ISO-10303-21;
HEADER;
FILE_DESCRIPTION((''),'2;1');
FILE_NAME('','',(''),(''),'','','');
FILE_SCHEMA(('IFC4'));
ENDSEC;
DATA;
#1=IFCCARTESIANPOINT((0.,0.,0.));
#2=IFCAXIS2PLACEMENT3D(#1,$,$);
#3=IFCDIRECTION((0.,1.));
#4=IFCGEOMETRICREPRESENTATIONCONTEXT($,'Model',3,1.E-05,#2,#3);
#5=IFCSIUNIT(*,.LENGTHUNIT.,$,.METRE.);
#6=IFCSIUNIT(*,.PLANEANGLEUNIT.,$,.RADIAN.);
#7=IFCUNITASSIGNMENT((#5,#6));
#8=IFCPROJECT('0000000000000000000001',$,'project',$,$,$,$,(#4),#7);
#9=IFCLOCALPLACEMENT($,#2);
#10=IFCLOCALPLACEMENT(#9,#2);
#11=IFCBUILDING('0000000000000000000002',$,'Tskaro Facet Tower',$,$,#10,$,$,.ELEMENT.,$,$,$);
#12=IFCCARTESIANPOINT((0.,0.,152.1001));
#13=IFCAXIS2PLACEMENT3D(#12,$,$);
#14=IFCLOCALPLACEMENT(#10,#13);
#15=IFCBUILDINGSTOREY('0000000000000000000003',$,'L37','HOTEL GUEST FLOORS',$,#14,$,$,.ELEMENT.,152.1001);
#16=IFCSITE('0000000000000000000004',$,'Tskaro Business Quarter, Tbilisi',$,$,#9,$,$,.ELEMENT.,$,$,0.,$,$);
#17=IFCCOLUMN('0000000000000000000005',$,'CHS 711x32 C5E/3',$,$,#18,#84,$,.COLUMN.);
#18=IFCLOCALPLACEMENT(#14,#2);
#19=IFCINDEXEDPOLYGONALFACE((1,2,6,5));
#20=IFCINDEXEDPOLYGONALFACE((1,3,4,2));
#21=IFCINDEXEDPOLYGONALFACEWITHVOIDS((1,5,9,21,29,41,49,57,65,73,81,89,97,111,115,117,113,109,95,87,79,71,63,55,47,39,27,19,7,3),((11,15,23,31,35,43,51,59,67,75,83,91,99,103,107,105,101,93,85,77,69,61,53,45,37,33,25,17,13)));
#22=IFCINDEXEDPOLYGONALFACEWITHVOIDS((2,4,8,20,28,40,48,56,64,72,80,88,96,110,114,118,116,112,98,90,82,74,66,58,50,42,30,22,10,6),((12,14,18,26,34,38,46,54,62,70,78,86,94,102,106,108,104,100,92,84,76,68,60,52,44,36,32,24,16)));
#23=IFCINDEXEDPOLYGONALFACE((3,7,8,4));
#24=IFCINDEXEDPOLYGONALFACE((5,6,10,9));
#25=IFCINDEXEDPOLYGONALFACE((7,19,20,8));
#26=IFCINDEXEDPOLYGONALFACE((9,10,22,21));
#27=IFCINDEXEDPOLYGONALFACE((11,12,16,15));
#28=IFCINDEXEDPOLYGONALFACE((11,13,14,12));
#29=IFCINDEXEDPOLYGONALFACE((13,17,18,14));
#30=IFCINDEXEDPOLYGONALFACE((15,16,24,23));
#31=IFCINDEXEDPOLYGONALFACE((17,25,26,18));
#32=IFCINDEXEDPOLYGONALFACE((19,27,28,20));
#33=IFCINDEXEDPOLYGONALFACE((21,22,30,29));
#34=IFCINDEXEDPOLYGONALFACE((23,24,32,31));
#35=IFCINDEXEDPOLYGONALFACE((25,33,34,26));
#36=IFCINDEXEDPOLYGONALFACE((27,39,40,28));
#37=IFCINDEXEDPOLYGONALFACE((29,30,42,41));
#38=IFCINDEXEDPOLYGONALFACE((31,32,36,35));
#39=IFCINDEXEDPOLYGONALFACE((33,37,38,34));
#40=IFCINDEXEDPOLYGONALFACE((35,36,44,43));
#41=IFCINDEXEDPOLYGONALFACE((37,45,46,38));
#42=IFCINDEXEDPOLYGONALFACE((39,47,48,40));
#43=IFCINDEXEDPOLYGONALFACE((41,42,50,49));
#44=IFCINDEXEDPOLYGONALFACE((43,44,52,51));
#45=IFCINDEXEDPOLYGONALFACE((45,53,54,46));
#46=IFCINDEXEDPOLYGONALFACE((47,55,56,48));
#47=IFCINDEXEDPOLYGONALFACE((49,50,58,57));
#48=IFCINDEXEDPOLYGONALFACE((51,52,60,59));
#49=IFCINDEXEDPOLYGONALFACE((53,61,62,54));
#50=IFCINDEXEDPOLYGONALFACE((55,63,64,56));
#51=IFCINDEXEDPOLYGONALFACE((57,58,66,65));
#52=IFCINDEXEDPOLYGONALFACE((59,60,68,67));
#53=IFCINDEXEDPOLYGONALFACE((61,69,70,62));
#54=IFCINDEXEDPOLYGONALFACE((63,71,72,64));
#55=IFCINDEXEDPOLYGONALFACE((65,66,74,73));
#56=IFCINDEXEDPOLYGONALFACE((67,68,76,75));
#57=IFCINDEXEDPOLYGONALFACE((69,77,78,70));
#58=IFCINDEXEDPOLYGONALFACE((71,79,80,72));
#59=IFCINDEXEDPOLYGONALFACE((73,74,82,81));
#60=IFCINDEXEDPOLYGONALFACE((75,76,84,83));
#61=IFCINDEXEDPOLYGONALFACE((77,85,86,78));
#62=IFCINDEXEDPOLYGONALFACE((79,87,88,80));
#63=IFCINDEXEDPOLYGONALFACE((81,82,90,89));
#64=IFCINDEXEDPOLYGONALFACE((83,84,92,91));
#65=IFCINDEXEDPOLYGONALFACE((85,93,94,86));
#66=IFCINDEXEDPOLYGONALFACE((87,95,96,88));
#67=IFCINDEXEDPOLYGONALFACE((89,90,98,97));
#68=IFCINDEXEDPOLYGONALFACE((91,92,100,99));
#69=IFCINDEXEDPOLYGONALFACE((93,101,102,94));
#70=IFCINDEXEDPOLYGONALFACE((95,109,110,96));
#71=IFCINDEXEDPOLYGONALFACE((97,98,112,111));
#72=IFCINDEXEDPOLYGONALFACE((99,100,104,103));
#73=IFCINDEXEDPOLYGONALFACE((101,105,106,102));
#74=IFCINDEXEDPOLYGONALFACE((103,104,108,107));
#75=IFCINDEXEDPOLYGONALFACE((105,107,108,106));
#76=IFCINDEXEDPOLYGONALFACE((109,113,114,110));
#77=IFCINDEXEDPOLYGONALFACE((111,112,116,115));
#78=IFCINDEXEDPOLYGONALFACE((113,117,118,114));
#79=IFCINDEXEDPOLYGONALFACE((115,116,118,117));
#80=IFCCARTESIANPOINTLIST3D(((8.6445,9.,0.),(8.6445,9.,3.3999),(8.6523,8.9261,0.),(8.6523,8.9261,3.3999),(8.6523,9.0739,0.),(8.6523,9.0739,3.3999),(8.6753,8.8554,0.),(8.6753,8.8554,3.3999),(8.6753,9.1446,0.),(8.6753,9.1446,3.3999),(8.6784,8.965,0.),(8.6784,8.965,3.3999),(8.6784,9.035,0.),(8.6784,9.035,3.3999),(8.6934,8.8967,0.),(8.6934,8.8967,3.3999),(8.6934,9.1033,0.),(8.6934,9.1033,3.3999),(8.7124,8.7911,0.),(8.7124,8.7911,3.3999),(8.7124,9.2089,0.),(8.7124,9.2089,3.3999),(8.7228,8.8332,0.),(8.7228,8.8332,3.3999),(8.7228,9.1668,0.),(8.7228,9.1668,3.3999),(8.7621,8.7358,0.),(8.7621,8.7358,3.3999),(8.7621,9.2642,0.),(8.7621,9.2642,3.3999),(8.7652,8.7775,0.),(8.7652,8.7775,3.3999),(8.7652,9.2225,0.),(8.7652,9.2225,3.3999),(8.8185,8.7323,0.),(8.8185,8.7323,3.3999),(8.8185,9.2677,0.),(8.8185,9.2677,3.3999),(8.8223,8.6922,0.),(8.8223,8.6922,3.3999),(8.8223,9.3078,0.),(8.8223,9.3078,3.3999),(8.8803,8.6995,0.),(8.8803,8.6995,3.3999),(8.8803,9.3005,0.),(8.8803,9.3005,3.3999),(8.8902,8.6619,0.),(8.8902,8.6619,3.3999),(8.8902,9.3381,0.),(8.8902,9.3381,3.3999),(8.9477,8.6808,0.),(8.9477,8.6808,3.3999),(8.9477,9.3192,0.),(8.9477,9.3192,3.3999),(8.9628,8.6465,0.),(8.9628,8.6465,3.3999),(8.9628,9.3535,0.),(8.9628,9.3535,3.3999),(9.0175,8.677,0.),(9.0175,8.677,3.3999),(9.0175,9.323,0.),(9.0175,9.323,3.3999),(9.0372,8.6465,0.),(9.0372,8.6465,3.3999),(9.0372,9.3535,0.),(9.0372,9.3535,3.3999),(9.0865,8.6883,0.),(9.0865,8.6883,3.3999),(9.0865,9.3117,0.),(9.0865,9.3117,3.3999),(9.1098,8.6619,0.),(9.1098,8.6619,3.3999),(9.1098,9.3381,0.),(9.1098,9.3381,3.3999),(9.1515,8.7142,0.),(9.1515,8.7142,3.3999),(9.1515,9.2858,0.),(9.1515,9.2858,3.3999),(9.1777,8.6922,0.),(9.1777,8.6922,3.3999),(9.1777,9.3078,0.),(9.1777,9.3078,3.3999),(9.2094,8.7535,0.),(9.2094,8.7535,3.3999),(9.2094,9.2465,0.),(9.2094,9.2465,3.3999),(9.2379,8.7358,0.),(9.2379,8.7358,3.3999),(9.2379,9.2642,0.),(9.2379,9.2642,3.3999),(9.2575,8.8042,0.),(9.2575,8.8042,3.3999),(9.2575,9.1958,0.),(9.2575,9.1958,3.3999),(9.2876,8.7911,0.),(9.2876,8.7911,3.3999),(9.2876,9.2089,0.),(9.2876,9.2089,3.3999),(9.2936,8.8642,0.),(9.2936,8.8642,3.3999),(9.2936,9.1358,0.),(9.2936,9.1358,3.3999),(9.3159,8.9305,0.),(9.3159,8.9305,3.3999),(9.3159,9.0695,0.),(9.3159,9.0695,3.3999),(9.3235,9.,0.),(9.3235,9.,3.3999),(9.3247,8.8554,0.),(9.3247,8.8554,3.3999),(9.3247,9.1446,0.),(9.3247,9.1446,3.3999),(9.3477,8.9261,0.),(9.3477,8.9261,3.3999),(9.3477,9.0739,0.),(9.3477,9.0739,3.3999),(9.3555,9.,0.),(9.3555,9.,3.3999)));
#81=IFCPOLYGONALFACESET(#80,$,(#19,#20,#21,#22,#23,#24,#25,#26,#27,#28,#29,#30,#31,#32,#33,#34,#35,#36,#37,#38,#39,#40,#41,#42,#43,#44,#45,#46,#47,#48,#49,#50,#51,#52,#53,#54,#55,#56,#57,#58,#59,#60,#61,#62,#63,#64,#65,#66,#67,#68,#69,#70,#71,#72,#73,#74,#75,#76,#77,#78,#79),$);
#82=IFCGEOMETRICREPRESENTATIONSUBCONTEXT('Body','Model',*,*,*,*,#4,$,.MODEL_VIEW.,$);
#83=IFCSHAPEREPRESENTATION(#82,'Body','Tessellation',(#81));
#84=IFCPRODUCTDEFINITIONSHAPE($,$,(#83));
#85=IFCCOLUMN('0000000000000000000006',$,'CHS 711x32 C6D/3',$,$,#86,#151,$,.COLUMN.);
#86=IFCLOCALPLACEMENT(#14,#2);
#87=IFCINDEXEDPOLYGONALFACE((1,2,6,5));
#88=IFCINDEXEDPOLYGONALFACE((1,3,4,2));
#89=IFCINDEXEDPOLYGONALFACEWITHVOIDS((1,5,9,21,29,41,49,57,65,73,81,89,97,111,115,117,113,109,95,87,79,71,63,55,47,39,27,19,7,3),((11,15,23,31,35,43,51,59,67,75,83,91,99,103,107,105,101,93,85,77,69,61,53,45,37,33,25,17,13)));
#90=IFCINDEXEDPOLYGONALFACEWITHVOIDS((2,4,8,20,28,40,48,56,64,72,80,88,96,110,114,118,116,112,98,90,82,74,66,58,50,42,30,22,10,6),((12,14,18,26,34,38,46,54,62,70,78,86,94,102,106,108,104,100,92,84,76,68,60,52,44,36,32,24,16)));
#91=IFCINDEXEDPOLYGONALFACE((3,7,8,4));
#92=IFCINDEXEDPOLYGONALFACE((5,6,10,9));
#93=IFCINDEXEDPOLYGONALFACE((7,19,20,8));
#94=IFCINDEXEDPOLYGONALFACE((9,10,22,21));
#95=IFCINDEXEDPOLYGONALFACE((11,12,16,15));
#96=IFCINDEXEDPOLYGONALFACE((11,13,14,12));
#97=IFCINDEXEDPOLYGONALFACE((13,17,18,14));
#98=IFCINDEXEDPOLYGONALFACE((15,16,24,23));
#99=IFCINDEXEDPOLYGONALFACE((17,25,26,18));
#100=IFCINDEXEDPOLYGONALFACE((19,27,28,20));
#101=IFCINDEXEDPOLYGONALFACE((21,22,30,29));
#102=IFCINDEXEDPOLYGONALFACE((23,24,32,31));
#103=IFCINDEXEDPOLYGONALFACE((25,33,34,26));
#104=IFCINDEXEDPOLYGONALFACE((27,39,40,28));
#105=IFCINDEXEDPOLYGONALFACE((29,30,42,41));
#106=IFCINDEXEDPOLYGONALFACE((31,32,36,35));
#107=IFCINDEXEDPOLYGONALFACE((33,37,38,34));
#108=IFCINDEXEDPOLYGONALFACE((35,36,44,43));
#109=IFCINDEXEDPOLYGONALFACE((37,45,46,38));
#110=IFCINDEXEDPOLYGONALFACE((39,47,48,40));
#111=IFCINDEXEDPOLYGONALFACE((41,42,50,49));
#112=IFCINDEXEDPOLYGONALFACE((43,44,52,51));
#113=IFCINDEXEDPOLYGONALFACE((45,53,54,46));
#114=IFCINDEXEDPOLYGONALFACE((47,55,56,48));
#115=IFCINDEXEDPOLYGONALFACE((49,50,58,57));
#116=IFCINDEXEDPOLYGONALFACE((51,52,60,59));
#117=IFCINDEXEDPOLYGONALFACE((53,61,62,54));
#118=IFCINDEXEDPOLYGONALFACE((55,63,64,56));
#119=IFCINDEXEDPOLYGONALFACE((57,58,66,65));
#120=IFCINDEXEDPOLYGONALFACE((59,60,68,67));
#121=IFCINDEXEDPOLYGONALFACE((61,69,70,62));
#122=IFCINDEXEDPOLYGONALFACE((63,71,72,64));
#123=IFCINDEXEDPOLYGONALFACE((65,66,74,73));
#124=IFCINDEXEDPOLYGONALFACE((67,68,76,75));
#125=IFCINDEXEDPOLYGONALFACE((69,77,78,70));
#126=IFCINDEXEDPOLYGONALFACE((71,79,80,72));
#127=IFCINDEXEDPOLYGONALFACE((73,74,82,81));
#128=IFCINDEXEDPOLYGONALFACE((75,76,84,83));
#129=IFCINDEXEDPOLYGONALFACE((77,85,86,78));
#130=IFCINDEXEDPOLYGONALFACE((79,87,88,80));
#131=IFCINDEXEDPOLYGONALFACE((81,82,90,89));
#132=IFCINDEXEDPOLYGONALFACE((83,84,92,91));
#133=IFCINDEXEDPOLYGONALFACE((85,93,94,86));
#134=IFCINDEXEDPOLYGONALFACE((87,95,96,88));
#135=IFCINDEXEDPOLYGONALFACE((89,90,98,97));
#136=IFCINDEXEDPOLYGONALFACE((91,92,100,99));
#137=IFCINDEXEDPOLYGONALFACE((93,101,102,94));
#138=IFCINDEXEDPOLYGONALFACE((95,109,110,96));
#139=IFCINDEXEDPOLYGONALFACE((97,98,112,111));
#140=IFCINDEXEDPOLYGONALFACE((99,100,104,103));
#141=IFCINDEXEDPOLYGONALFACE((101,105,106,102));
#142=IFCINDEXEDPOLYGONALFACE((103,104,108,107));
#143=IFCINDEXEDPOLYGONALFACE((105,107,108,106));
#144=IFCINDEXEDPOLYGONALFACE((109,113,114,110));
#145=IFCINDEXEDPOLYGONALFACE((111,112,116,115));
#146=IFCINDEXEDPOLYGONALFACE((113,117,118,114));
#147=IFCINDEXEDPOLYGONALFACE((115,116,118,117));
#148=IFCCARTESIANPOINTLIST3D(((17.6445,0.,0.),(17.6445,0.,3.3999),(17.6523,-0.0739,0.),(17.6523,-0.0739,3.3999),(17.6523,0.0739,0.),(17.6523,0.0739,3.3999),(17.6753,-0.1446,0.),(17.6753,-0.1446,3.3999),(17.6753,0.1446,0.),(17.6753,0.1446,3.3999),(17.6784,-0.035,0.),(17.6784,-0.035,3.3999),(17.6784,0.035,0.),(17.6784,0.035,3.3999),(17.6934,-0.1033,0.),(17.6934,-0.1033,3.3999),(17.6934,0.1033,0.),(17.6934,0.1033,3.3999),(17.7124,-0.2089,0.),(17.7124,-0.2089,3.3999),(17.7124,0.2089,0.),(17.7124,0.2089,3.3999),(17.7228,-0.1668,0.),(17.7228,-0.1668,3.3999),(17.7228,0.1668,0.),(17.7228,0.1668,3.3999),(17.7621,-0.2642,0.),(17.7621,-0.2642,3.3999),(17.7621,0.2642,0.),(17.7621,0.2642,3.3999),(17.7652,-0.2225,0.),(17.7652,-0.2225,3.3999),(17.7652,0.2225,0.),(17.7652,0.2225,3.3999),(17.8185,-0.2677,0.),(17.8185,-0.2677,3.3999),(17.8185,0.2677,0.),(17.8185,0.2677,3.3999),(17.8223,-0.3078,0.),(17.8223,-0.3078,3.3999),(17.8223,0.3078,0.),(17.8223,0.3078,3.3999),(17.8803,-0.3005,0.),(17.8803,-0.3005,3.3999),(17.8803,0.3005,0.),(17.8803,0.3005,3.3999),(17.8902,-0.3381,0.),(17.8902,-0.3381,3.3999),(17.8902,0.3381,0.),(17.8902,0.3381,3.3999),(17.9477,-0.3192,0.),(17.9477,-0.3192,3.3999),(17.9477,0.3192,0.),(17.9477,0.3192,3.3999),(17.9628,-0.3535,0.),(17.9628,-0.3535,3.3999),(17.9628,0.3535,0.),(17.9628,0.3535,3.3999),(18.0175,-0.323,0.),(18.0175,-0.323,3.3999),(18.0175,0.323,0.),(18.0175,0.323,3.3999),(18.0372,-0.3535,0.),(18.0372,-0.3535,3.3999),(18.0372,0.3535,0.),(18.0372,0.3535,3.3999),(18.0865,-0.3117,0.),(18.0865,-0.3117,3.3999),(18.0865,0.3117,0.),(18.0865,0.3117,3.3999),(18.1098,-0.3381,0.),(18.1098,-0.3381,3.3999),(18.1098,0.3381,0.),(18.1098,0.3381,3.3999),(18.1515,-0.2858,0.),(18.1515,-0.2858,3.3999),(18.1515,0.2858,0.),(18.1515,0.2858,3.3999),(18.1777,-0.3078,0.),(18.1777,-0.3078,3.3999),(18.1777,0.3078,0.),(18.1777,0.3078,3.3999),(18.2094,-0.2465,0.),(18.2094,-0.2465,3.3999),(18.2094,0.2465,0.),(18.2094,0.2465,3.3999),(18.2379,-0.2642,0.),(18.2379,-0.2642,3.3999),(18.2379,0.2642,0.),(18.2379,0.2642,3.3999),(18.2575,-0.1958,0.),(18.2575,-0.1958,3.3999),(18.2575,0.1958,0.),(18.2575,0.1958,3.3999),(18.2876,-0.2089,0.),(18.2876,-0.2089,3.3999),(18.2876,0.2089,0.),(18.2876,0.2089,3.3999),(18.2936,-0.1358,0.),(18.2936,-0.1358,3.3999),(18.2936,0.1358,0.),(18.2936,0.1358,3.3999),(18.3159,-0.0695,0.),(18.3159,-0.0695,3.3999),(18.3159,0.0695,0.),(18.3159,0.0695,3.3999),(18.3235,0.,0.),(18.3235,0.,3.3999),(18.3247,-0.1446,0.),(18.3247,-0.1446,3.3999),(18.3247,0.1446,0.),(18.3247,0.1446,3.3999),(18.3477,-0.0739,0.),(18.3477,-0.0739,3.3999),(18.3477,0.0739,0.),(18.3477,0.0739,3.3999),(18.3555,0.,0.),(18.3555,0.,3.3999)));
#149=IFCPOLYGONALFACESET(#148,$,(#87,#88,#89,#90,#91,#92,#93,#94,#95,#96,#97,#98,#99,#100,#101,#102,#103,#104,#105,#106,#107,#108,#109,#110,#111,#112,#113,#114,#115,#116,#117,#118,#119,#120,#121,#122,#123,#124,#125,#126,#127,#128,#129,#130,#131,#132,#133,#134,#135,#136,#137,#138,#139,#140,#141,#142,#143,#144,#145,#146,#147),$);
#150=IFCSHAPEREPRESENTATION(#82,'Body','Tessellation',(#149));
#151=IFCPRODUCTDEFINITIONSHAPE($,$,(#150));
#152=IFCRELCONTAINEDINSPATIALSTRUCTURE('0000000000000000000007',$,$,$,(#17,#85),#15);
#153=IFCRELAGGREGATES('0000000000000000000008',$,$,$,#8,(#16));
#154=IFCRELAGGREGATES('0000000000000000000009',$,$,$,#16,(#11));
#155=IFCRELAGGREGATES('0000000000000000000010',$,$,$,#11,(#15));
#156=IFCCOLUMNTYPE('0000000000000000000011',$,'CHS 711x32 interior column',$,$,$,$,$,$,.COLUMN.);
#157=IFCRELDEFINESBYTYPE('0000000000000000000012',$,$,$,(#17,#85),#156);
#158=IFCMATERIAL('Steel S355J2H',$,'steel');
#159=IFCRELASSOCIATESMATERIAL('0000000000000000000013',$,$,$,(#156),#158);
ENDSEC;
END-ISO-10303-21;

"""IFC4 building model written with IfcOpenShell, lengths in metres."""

from ifc_helpers import new_model, si_unit, direction, frame, origin, origin_2d, place, context, subcontext, project, spatial, hollow_circle, extrude, material, material_profile, profile_set, type_object, element, save


model = new_model("IFC4")

# Units and contexts
model_context = context("Model", 3, precision=1e-05, world=origin(), true_north=direction((0.0, 1.0)))
body_context = subcontext(model_context, "Body", "Model", "MODEL_VIEW")
ifc_project = project(units=[si_unit("LENGTHUNIT", "METRE"), si_unit("PLANEANGLEUNIT", "RADIAN")], contexts=[model_context])

# Site, building, storey
site_placement = place(None, origin())
site = spatial("IfcSite", under=ifc_project, at=site_placement, Name="Tskaro Business Quarter, Tbilisi", CompositionType="ELEMENT", RefElevation=0.0)
building_placement = place(site_placement, origin())
building = spatial("IfcBuilding", under=site, at=building_placement, Name="Tskaro Facet Tower", CompositionType="ELEMENT")
storey_placement = place(building_placement, frame((0.0, 0.0, 152.1001)))
storey = spatial("IfcBuildingStorey", under=building, at=storey_placement, Name="L37", Description="HOTEL GUEST FLOORS", CompositionType="ELEMENT", Elevation=152.1001)

# Columns
ifc_material_1 = material(Name="Steel S355J2H", Category="steel")
ifc_material_profile_1 = material_profile(ifc_material_1, hollow_circle(Radius=0.3555, WallThickness=0.032, at=origin_2d()), Name="CHS 711x32")
ifc_profile_set_1 = profile_set([ifc_material_profile_1], Name="Steel S355J2H")
column_type = type_object("IfcColumnType", Name="CHS 711x32 interior column", PredefinedType="COLUMN", material=ifc_profile_set_1)
for number, where, z_axis, x_axis, name in (
    (1, (9.0, 9.0, 0.0), (0.0, 0.0, 1.0), (1.0, 0.0, 0.0), "CHS 711x32 C5E/3"),
    (2, (18.0, 0.0, 0.0), (0.0, 0.0, 1.0), (1.0, 0.0, 0.0), "CHS 711x32 C6D/3"),
):
    element("IfcColumn", number, at=place(storey_placement, frame(where, z_axis=z_axis, x_axis=x_axis)), inside=storey, type_object=column_type, Name=name, PredefinedType="COLUMN", context=body_context, shape_type="SweptSolid", body=[
        extrude(hollow_circle(Radius=0.3555, WallThickness=0.032, at=origin_2d()), origin(), (0.0, 0.0, 1.0), 3.3999),
    ])

save(model, "model.ifc")
